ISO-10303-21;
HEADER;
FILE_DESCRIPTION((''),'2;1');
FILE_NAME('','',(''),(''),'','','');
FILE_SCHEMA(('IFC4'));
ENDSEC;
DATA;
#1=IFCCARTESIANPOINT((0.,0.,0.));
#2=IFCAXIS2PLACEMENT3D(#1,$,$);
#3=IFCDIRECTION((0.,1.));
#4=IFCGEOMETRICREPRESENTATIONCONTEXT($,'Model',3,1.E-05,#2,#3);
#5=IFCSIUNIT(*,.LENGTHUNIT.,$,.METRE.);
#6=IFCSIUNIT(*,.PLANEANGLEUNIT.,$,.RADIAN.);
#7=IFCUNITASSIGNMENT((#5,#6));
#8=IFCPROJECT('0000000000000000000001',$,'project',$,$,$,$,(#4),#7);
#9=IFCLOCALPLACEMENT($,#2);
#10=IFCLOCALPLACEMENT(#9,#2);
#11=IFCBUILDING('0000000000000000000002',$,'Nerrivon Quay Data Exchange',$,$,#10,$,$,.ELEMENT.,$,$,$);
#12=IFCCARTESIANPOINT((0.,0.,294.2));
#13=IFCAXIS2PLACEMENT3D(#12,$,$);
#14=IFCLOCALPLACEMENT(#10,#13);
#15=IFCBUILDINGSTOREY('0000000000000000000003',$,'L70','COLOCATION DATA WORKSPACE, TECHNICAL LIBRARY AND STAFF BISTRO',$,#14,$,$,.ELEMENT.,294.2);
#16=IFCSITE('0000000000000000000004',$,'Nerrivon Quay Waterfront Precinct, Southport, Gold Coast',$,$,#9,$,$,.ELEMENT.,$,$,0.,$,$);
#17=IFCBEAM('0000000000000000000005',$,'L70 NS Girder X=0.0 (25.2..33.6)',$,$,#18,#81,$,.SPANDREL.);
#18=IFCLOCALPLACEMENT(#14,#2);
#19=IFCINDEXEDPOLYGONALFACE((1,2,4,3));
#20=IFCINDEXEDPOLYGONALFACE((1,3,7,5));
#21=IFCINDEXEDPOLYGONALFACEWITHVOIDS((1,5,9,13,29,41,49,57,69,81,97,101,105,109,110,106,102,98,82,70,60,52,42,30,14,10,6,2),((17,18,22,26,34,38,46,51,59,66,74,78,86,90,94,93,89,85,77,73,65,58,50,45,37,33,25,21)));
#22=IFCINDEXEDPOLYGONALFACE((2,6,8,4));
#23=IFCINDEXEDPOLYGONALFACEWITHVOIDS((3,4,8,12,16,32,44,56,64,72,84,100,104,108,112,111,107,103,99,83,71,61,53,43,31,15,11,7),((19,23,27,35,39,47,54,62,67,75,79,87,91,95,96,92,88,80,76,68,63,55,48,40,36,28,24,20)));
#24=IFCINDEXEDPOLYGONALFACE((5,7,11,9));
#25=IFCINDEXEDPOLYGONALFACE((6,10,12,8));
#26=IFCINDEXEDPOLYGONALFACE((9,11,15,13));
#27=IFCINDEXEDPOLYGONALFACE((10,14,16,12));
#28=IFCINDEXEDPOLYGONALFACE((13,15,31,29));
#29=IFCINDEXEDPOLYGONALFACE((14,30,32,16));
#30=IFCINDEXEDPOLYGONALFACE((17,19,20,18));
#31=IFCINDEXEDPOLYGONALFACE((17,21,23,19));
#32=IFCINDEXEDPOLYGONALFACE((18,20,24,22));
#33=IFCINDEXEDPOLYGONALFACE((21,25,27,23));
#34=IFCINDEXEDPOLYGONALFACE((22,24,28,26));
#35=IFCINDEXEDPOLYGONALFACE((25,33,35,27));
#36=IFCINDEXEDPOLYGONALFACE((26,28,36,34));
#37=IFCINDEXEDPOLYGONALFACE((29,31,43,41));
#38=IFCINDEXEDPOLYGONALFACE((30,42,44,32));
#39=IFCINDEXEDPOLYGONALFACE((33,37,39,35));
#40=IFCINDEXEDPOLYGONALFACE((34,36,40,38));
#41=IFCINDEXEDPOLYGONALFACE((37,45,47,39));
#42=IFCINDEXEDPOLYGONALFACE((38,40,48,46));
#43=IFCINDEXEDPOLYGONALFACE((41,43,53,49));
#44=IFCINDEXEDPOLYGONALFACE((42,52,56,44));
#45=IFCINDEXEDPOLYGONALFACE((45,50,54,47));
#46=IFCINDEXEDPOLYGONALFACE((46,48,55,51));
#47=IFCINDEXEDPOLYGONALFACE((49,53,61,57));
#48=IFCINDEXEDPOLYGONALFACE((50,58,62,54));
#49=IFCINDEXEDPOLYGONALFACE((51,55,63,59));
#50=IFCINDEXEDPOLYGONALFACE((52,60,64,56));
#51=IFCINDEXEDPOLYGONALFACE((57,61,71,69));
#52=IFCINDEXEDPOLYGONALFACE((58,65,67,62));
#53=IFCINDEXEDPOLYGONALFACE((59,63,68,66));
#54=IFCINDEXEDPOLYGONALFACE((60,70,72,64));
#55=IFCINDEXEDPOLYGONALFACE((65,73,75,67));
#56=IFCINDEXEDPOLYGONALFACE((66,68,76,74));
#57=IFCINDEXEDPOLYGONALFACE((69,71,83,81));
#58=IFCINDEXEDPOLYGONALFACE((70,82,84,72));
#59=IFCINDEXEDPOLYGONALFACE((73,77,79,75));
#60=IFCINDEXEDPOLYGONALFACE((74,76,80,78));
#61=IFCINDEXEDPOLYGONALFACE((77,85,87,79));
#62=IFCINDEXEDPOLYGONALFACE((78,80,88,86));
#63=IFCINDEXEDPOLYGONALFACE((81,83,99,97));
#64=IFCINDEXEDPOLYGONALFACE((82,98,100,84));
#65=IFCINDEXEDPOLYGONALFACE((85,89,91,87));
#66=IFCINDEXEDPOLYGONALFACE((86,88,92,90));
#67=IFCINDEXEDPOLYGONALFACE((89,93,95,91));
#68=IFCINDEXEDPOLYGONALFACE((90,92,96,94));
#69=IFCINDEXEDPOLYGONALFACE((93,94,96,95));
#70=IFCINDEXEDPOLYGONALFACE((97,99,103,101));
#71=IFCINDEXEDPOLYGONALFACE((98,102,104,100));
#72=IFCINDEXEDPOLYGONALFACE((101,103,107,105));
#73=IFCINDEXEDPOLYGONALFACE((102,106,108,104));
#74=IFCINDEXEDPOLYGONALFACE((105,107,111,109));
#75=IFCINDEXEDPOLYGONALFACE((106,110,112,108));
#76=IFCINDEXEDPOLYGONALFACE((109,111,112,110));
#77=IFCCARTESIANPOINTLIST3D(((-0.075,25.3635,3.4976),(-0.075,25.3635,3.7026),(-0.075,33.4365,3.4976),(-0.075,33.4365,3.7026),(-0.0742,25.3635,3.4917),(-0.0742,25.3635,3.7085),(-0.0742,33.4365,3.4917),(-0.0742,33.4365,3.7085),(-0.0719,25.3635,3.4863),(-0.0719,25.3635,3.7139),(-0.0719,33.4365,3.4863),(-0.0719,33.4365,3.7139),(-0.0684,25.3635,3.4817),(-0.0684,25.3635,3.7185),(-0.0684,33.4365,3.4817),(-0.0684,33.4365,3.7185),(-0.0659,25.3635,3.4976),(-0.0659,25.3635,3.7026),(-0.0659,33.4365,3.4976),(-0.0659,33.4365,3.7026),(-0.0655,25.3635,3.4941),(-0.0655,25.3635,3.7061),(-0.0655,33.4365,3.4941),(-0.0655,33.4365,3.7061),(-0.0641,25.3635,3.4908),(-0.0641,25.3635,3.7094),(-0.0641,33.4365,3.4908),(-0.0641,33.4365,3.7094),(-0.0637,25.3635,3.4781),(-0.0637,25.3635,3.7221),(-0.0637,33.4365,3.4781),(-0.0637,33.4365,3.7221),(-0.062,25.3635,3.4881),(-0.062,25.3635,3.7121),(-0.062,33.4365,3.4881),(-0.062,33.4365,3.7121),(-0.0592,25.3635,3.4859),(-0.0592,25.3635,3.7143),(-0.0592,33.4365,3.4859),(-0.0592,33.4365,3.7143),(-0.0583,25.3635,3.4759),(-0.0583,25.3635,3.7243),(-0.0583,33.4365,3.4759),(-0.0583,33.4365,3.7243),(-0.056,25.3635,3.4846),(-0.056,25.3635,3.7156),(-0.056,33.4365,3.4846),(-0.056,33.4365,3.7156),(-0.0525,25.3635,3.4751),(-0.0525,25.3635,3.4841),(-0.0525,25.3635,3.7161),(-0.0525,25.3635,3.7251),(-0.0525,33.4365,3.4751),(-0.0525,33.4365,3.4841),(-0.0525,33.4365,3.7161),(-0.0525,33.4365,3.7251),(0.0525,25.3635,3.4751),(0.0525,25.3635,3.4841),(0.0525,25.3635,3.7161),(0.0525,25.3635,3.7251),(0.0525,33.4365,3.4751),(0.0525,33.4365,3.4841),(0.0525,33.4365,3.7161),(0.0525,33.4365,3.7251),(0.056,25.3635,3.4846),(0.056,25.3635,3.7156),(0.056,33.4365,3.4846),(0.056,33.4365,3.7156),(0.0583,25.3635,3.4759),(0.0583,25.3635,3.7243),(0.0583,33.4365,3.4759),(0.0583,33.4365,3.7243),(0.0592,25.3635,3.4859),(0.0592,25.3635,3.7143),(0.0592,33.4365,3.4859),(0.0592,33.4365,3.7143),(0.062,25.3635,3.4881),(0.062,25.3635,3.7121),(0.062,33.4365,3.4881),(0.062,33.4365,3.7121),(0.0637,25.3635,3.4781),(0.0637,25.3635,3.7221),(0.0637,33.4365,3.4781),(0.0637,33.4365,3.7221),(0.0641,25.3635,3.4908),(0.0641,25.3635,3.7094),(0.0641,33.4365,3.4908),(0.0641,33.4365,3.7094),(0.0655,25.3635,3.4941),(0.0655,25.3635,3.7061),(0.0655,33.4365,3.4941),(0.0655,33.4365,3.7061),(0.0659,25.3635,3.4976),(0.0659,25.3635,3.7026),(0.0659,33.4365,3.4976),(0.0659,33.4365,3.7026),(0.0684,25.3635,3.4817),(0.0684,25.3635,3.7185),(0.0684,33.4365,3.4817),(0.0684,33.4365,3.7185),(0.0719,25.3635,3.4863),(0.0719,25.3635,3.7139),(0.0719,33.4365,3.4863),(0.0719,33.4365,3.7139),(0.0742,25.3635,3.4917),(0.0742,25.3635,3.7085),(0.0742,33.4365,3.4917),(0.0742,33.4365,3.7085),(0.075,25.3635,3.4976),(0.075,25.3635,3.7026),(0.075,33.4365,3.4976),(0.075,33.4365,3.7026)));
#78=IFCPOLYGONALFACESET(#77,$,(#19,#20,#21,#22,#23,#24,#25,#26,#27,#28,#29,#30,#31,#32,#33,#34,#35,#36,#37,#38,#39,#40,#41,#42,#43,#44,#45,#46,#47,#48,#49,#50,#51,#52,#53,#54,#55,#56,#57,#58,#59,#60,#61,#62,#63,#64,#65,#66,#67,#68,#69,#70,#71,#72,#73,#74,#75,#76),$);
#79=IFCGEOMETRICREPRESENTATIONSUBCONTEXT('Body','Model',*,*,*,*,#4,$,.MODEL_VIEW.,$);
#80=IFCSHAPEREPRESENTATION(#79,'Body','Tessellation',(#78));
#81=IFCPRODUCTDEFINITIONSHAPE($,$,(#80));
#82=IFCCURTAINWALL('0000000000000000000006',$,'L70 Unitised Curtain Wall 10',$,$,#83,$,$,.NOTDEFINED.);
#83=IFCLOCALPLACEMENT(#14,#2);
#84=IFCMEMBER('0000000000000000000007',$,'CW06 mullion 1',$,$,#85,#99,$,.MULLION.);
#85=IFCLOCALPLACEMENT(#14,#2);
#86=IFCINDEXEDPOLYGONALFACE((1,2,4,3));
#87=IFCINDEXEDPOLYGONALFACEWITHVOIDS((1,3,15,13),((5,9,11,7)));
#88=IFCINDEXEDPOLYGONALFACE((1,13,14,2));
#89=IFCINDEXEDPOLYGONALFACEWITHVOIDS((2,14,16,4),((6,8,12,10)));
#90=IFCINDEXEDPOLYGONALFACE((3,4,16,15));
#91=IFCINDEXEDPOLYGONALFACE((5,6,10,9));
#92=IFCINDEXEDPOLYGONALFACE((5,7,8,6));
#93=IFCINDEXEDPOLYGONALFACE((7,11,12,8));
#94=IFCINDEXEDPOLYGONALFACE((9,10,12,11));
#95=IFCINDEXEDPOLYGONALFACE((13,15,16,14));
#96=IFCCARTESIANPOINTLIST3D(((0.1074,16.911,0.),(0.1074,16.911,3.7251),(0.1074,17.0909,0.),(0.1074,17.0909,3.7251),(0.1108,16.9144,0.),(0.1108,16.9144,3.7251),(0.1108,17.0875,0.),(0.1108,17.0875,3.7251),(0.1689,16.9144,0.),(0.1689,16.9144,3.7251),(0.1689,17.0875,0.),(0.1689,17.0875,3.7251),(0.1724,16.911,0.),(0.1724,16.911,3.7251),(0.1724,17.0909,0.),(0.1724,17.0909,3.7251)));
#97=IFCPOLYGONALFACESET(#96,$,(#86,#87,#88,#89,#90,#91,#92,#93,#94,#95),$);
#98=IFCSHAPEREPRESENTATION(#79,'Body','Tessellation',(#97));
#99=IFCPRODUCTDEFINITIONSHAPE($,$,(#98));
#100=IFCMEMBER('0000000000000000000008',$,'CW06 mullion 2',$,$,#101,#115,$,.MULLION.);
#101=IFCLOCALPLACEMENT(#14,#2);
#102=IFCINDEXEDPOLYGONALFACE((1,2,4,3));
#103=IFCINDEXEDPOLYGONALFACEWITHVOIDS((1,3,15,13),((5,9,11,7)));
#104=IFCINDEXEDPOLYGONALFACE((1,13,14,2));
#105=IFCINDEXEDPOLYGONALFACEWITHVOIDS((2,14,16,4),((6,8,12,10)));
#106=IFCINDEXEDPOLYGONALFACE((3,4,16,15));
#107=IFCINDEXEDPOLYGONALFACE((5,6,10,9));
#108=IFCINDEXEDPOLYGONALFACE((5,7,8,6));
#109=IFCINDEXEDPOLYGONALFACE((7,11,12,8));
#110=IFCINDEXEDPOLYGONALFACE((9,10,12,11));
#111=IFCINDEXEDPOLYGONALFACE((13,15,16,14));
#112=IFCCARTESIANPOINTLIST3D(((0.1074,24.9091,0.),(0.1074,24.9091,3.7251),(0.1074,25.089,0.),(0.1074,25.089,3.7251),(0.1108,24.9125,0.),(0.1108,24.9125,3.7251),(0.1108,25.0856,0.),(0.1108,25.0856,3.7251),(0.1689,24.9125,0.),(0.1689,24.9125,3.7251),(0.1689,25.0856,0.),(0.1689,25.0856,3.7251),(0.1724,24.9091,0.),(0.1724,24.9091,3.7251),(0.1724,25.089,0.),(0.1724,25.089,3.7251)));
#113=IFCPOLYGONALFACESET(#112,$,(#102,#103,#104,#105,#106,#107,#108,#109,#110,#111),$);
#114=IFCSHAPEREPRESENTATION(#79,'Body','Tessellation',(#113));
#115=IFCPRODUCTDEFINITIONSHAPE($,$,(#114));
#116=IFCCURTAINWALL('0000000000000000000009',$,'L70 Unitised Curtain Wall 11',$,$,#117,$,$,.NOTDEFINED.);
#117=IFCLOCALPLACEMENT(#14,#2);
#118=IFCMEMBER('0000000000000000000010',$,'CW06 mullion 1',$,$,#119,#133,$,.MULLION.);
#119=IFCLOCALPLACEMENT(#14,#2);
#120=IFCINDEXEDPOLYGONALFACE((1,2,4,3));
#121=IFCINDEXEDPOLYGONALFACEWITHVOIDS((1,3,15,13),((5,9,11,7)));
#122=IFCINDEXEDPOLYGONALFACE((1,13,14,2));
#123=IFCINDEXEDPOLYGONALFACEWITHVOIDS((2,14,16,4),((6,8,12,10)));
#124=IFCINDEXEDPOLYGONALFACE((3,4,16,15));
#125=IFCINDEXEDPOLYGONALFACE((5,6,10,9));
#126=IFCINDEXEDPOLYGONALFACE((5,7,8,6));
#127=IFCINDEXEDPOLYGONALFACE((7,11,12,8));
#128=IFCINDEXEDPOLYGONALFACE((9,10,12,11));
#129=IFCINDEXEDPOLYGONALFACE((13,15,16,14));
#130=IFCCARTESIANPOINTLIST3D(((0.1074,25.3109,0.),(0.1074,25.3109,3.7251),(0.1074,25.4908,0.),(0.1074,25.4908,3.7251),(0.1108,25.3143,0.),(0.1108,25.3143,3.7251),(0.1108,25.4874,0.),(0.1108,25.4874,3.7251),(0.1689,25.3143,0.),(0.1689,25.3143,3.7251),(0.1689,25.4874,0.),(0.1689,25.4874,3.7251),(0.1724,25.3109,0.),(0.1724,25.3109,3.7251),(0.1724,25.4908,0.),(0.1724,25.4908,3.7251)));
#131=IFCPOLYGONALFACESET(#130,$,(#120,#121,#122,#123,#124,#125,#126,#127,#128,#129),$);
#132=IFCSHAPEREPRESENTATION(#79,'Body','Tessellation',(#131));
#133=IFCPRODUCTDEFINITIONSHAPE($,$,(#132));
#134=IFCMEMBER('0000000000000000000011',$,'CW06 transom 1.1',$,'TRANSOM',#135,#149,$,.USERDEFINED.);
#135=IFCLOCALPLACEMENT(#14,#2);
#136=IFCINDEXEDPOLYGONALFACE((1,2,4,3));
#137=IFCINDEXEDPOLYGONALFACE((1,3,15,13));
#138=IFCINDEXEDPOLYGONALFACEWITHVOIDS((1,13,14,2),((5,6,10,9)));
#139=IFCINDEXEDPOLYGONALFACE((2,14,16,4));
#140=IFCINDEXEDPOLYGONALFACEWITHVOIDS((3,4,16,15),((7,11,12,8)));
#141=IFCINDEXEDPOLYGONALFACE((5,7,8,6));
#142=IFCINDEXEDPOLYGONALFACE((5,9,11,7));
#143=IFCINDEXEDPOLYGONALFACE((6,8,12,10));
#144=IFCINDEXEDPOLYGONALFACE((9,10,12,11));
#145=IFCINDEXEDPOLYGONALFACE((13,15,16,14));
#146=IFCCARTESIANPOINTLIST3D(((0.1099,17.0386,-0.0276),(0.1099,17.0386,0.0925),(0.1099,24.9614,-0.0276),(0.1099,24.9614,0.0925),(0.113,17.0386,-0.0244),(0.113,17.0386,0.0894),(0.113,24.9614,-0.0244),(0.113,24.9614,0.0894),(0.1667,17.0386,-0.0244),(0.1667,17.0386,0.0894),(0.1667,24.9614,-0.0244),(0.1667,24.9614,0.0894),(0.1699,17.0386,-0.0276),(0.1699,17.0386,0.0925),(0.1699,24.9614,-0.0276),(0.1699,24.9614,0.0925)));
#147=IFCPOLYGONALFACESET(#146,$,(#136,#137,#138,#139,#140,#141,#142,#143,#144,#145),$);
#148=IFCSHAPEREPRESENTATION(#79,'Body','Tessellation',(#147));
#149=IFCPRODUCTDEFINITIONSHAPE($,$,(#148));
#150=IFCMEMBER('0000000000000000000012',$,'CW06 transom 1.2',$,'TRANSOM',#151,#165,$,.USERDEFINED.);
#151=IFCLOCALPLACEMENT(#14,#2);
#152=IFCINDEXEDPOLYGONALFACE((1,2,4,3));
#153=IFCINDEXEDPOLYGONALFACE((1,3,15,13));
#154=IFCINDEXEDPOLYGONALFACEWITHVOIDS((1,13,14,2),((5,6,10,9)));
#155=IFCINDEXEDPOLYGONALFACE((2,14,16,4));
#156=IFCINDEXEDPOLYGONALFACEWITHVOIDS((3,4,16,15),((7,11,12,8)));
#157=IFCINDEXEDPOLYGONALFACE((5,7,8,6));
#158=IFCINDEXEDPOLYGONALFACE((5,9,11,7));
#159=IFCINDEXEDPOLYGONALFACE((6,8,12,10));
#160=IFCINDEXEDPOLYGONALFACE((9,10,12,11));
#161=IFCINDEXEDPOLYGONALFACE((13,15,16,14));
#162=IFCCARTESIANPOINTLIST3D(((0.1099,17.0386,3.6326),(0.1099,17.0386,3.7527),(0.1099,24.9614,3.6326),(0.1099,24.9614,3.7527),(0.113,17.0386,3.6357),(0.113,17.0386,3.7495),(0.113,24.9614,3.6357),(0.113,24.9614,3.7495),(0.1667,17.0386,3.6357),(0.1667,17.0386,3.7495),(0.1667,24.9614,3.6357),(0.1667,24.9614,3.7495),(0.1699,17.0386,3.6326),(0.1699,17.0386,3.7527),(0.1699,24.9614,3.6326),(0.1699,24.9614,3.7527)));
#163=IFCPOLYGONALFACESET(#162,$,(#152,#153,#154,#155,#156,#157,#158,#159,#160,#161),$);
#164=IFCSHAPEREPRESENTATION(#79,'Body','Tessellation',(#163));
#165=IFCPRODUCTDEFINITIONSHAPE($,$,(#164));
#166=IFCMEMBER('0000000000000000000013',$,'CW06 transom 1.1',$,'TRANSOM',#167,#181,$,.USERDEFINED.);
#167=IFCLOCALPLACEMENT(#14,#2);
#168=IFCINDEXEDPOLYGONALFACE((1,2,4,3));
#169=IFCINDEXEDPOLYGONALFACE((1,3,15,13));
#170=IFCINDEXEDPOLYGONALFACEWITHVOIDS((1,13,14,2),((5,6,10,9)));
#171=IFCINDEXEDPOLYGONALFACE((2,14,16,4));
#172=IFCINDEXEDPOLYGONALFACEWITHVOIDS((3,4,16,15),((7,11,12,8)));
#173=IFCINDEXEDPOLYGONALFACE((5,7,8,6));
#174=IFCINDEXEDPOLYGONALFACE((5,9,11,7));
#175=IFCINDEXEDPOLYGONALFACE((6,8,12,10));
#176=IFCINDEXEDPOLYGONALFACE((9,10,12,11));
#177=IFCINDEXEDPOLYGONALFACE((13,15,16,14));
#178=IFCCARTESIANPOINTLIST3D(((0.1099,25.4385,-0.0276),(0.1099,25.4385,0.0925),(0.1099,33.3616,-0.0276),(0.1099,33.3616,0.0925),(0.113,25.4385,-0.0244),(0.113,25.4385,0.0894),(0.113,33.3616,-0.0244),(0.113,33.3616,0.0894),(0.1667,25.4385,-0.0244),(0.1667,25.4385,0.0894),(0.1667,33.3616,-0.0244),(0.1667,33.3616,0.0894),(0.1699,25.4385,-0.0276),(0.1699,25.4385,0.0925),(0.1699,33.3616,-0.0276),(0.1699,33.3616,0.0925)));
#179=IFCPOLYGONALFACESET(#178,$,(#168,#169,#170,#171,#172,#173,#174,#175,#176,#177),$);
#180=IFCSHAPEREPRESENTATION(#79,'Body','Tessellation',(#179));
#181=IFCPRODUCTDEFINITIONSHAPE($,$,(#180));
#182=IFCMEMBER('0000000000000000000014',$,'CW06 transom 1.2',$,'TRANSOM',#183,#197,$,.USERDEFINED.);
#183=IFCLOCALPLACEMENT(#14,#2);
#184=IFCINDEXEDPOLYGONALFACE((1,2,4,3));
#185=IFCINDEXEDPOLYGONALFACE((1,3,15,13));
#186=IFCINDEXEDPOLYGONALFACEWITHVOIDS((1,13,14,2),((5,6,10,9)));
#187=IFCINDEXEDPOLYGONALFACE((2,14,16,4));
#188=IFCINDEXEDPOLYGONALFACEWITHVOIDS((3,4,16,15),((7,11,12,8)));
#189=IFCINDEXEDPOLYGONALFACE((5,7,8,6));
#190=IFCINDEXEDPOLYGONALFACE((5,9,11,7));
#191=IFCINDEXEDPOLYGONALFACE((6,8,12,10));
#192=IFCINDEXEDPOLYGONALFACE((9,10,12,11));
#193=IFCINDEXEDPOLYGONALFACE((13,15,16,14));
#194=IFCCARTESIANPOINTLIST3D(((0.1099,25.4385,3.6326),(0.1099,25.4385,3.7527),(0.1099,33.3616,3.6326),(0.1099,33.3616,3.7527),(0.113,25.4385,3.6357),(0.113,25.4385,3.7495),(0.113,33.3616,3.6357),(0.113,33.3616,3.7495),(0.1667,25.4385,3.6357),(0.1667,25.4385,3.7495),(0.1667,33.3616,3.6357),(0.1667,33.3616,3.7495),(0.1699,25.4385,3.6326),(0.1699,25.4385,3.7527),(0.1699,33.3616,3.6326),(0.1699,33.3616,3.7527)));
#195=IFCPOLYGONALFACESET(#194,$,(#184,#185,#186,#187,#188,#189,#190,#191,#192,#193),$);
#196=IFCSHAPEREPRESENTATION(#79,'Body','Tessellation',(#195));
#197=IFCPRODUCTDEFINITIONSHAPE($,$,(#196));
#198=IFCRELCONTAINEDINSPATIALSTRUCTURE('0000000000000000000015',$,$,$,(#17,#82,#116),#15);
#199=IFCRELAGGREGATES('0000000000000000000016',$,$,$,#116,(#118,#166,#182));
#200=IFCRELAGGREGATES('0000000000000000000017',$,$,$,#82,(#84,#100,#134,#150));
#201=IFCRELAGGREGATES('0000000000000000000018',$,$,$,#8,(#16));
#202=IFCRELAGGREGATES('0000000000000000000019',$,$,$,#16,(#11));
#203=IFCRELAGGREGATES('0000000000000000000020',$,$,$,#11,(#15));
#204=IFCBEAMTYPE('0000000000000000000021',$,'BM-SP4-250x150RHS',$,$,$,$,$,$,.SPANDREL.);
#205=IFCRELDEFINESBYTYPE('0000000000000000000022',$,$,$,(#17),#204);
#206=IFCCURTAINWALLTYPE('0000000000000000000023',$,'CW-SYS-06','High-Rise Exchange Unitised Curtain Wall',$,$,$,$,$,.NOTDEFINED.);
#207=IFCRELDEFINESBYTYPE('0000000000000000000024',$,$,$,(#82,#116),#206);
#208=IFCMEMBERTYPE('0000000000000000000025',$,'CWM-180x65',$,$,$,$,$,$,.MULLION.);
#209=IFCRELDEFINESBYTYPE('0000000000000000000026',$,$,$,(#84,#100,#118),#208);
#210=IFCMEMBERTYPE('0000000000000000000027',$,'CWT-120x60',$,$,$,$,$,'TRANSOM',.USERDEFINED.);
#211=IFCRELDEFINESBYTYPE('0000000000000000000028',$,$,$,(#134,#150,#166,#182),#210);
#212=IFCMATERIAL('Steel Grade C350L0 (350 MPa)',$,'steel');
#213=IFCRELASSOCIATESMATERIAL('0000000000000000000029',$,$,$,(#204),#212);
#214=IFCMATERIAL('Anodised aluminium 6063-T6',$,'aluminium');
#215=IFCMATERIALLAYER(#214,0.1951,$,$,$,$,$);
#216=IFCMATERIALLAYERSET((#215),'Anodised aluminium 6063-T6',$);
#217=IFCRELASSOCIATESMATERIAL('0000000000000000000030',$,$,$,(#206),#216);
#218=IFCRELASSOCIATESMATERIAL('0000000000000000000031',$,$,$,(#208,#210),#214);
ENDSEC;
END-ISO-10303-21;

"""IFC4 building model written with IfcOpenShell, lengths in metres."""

from ifc_helpers import new_model, si_unit, direction, frame, origin, origin_2d, place, context, subcontext, project, spatial, hollow_rectangle, extrude, material, layer, layer_set, material_profile, profile_set, type_object, element, aggregate, save


model = new_model("IFC4")

# Units and contexts
model_context = context("Model", 3, precision=1e-05, world=origin(), true_north=direction((0.0, 1.0)))
body_context = subcontext(model_context, "Body", "Model", "MODEL_VIEW")
ifc_project = project(units=[si_unit("LENGTHUNIT", "METRE"), si_unit("PLANEANGLEUNIT", "RADIAN")], contexts=[model_context])

# Site, building, storey
site_placement = place(None, origin())
site = spatial("IfcSite", under=ifc_project, at=site_placement, Name="Nerrivon Quay Waterfront Precinct, Southport, Gold Coast", CompositionType="ELEMENT", RefElevation=0.0)
building_placement = place(site_placement, origin())
building = spatial("IfcBuilding", under=site, at=building_placement, Name="Nerrivon Quay Data Exchange", CompositionType="ELEMENT")
storey_placement = place(building_placement, frame((0.0, 0.0, 294.2)))
storey = spatial("IfcBuildingStorey", under=building, at=storey_placement, Name="L70", Description="COLOCATION DATA WORKSPACE, TECHNICAL LIBRARY AND STAFF BISTRO", CompositionType="ELEMENT", Elevation=294.2)

# Beam
ifc_material_1 = material(Name="Steel Grade C350L0 (350 MPa)", Category="steel")
ifc_material_profile_1 = material_profile(ifc_material_1, hollow_rectangle(XDim=0.1499, YDim=0.25, WallThickness=0.009, InnerFilletRadius=0.0134, OuterFilletRadius=0.0225, at=origin_2d()), Name="250x150x9.0RHS")
ifc_profile_set_1 = profile_set([ifc_material_profile_1], Name="Steel Grade C350L0 (350 MPa)")
beam_type_1 = type_object("IfcBeamType", Name="BM-SP4-250x150RHS", PredefinedType="SPANDREL", material=ifc_profile_set_1)
beam_1_placement = place(storey_placement, frame((0.0, 25.3635, 3.6001), z_axis=(0.0, 1.0, 0.0), x_axis=(-1.0, 0.0, 0.0)))
element("IfcBeam", 1, at=beam_1_placement, inside=storey, type_object=beam_type_1, Name="L70 NS Girder X=0.0 (25.2..33.6)", PredefinedType="SPANDREL", context=body_context, shape_type="SweptSolid", body=[
    extrude(hollow_rectangle(XDim=0.1499, YDim=0.25, WallThickness=0.009, InnerFilletRadius=0.0134, OuterFilletRadius=0.0225, at=origin_2d()), origin(), (0.0, 0.0, 1.0), 8.073),
])

# Curtain wall, members
ifc_material_2 = material(Name="Anodised aluminium 6063-T6", Category="aluminium")
ifc_layer_1 = layer(ifc_material_2, 0.1951)
ifc_layer_set_1 = layer_set([ifc_layer_1], Name="Anodised aluminium 6063-T6")
curtain_wall_type = type_object("IfcCurtainWallType", Name="CW-SYS-06", Description="High-Rise Exchange Unitised Curtain Wall", PredefinedType="NOTDEFINED", material=ifc_layer_set_1)
curtain_wall_1_placement = place(storey_placement, origin())
curtain_wall_1 = element("IfcCurtainWall", 2, at=curtain_wall_1_placement, inside=storey, type_object=curtain_wall_type, Name="L70 Unitised Curtain Wall 10", PredefinedType="NOTDEFINED")
ifc_material_profile_2 = material_profile(ifc_material_2, hollow_rectangle(XDim=0.0649, YDim=0.1799, WallThickness=0.0034, at=origin_2d()), Name="ALU-MULL-180x65")
ifc_profile_set_2 = profile_set([ifc_material_profile_2], Name="Anodised aluminium 6063-T6")
member_type_1 = type_object("IfcMemberType", Name="CWM-180x65", PredefinedType="MULLION", material=ifc_profile_set_2)
member_1_placement = place(storey_placement, frame((0.1399, 17.001, 0.0), z_axis=(0.0, 0.0, 1.0), x_axis=(-1.0, 0.0, 0.0)))
member_1 = element("IfcMember", 3, at=member_1_placement, type_object=member_type_1, Name="CW06 mullion 1", PredefinedType="MULLION", context=body_context, shape_type="SweptSolid", body=[
    extrude(hollow_rectangle(XDim=0.0649, YDim=0.1799, WallThickness=0.0034, at=origin_2d()), origin(), (0.0, 0.0, 1.0), 3.7251),
])
member_2_placement = place(storey_placement, frame((0.1399, 24.999, 0.0), z_axis=(0.0, 0.0, 1.0), x_axis=(-1.0, 0.0, 0.0)))
member_2 = element("IfcMember", 4, at=member_2_placement, type_object=member_type_1, Name="CW06 mullion 2", PredefinedType="MULLION", context=body_context, shape_type="SweptSolid", body=[
    extrude(hollow_rectangle(XDim=0.0649, YDim=0.1799, WallThickness=0.0034, at=origin_2d()), origin(), (0.0, 0.0, 1.0), 3.7251),
])

# Curtain wall, member
curtain_wall_2_placement = place(storey_placement, origin())
curtain_wall_2 = element("IfcCurtainWall", 5, at=curtain_wall_2_placement, inside=storey, type_object=curtain_wall_type, Name="L70 Unitised Curtain Wall 11", PredefinedType="NOTDEFINED")
member_3_placement = place(storey_placement, frame((0.1399, 25.4009, 0.0), z_axis=(0.0, 0.0, 1.0), x_axis=(-1.0, 0.0, 0.0)))
member_3 = element("IfcMember", 6, at=member_3_placement, type_object=member_type_1, Name="CW06 mullion 1", PredefinedType="MULLION", context=body_context, shape_type="SweptSolid", body=[
    extrude(hollow_rectangle(XDim=0.0649, YDim=0.1799, WallThickness=0.0034, at=origin_2d()), origin(), (0.0, 0.0, 1.0), 3.7251),
])

# Members
ifc_material_profile_3 = material_profile(ifc_material_2, hollow_rectangle(XDim=0.0601, YDim=0.1201, WallThickness=0.0032, at=origin_2d()), Name="ALU-TRAN-120x60")
ifc_profile_set_3 = profile_set([ifc_material_profile_3], Name="Anodised aluminium 6063-T6")
member_type_2 = type_object("IfcMemberType", Name="CWT-120x60", ElementType="TRANSOM", PredefinedType="USERDEFINED", material=ifc_profile_set_3)
member_4_placement = place(storey_placement, frame((0.1399, 17.0386, 0.0325), z_axis=(0.0, 1.0, 0.0), x_axis=(-1.0, 0.0, 0.0)))
member_4 = element("IfcMember", 7, at=member_4_placement, type_object=member_type_2, Name="CW06 transom 1.1", ObjectType="TRANSOM", PredefinedType="USERDEFINED", context=body_context, shape_type="SweptSolid", body=[
    extrude(hollow_rectangle(XDim=0.0601, YDim=0.1201, WallThickness=0.0032, at=origin_2d()), origin(), (0.0, 0.0, 1.0), 7.9229),
])
member_5_placement = place(storey_placement, frame((0.1399, 17.0386, 3.6926), z_axis=(0.0, 1.0, 0.0), x_axis=(-1.0, 0.0, 0.0)))
member_5 = element("IfcMember", 8, at=member_5_placement, type_object=member_type_2, Name="CW06 transom 1.2", ObjectType="TRANSOM", PredefinedType="USERDEFINED", context=body_context, shape_type="SweptSolid", body=[
    extrude(hollow_rectangle(XDim=0.0601, YDim=0.1201, WallThickness=0.0032, at=origin_2d()), origin(), (0.0, 0.0, 1.0), 7.9229),
])
member_6_placement = place(storey_placement, frame((0.1399, 25.4385, 0.0325), z_axis=(0.0, 1.0, 0.0), x_axis=(-1.0, 0.0, 0.0)))
member_6 = element("IfcMember", 9, at=member_6_placement, type_object=member_type_2, Name="CW06 transom 1.1", ObjectType="TRANSOM", PredefinedType="USERDEFINED", context=body_context, shape_type="SweptSolid", body=[
    extrude(hollow_rectangle(XDim=0.0601, YDim=0.1201, WallThickness=0.0032, at=origin_2d()), origin(), (0.0, 0.0, 1.0), 7.9231),
])
member_7_placement = place(storey_placement, frame((0.1399, 25.4385, 3.6926), z_axis=(0.0, 1.0, 0.0), x_axis=(-1.0, 0.0, 0.0)))
member_7 = element("IfcMember", 10, at=member_7_placement, type_object=member_type_2, Name="CW06 transom 1.2", ObjectType="TRANSOM", PredefinedType="USERDEFINED", context=body_context, shape_type="SweptSolid", body=[
    extrude(hollow_rectangle(XDim=0.0601, YDim=0.1201, WallThickness=0.0032, at=origin_2d()), origin(), (0.0, 0.0, 1.0), 7.9231),
])
aggregate(curtain_wall_2, [member_3, member_6, member_7])

aggregate(curtain_wall_1, [member_1, member_2, member_4, member_5])

save(model, "model.ifc")
